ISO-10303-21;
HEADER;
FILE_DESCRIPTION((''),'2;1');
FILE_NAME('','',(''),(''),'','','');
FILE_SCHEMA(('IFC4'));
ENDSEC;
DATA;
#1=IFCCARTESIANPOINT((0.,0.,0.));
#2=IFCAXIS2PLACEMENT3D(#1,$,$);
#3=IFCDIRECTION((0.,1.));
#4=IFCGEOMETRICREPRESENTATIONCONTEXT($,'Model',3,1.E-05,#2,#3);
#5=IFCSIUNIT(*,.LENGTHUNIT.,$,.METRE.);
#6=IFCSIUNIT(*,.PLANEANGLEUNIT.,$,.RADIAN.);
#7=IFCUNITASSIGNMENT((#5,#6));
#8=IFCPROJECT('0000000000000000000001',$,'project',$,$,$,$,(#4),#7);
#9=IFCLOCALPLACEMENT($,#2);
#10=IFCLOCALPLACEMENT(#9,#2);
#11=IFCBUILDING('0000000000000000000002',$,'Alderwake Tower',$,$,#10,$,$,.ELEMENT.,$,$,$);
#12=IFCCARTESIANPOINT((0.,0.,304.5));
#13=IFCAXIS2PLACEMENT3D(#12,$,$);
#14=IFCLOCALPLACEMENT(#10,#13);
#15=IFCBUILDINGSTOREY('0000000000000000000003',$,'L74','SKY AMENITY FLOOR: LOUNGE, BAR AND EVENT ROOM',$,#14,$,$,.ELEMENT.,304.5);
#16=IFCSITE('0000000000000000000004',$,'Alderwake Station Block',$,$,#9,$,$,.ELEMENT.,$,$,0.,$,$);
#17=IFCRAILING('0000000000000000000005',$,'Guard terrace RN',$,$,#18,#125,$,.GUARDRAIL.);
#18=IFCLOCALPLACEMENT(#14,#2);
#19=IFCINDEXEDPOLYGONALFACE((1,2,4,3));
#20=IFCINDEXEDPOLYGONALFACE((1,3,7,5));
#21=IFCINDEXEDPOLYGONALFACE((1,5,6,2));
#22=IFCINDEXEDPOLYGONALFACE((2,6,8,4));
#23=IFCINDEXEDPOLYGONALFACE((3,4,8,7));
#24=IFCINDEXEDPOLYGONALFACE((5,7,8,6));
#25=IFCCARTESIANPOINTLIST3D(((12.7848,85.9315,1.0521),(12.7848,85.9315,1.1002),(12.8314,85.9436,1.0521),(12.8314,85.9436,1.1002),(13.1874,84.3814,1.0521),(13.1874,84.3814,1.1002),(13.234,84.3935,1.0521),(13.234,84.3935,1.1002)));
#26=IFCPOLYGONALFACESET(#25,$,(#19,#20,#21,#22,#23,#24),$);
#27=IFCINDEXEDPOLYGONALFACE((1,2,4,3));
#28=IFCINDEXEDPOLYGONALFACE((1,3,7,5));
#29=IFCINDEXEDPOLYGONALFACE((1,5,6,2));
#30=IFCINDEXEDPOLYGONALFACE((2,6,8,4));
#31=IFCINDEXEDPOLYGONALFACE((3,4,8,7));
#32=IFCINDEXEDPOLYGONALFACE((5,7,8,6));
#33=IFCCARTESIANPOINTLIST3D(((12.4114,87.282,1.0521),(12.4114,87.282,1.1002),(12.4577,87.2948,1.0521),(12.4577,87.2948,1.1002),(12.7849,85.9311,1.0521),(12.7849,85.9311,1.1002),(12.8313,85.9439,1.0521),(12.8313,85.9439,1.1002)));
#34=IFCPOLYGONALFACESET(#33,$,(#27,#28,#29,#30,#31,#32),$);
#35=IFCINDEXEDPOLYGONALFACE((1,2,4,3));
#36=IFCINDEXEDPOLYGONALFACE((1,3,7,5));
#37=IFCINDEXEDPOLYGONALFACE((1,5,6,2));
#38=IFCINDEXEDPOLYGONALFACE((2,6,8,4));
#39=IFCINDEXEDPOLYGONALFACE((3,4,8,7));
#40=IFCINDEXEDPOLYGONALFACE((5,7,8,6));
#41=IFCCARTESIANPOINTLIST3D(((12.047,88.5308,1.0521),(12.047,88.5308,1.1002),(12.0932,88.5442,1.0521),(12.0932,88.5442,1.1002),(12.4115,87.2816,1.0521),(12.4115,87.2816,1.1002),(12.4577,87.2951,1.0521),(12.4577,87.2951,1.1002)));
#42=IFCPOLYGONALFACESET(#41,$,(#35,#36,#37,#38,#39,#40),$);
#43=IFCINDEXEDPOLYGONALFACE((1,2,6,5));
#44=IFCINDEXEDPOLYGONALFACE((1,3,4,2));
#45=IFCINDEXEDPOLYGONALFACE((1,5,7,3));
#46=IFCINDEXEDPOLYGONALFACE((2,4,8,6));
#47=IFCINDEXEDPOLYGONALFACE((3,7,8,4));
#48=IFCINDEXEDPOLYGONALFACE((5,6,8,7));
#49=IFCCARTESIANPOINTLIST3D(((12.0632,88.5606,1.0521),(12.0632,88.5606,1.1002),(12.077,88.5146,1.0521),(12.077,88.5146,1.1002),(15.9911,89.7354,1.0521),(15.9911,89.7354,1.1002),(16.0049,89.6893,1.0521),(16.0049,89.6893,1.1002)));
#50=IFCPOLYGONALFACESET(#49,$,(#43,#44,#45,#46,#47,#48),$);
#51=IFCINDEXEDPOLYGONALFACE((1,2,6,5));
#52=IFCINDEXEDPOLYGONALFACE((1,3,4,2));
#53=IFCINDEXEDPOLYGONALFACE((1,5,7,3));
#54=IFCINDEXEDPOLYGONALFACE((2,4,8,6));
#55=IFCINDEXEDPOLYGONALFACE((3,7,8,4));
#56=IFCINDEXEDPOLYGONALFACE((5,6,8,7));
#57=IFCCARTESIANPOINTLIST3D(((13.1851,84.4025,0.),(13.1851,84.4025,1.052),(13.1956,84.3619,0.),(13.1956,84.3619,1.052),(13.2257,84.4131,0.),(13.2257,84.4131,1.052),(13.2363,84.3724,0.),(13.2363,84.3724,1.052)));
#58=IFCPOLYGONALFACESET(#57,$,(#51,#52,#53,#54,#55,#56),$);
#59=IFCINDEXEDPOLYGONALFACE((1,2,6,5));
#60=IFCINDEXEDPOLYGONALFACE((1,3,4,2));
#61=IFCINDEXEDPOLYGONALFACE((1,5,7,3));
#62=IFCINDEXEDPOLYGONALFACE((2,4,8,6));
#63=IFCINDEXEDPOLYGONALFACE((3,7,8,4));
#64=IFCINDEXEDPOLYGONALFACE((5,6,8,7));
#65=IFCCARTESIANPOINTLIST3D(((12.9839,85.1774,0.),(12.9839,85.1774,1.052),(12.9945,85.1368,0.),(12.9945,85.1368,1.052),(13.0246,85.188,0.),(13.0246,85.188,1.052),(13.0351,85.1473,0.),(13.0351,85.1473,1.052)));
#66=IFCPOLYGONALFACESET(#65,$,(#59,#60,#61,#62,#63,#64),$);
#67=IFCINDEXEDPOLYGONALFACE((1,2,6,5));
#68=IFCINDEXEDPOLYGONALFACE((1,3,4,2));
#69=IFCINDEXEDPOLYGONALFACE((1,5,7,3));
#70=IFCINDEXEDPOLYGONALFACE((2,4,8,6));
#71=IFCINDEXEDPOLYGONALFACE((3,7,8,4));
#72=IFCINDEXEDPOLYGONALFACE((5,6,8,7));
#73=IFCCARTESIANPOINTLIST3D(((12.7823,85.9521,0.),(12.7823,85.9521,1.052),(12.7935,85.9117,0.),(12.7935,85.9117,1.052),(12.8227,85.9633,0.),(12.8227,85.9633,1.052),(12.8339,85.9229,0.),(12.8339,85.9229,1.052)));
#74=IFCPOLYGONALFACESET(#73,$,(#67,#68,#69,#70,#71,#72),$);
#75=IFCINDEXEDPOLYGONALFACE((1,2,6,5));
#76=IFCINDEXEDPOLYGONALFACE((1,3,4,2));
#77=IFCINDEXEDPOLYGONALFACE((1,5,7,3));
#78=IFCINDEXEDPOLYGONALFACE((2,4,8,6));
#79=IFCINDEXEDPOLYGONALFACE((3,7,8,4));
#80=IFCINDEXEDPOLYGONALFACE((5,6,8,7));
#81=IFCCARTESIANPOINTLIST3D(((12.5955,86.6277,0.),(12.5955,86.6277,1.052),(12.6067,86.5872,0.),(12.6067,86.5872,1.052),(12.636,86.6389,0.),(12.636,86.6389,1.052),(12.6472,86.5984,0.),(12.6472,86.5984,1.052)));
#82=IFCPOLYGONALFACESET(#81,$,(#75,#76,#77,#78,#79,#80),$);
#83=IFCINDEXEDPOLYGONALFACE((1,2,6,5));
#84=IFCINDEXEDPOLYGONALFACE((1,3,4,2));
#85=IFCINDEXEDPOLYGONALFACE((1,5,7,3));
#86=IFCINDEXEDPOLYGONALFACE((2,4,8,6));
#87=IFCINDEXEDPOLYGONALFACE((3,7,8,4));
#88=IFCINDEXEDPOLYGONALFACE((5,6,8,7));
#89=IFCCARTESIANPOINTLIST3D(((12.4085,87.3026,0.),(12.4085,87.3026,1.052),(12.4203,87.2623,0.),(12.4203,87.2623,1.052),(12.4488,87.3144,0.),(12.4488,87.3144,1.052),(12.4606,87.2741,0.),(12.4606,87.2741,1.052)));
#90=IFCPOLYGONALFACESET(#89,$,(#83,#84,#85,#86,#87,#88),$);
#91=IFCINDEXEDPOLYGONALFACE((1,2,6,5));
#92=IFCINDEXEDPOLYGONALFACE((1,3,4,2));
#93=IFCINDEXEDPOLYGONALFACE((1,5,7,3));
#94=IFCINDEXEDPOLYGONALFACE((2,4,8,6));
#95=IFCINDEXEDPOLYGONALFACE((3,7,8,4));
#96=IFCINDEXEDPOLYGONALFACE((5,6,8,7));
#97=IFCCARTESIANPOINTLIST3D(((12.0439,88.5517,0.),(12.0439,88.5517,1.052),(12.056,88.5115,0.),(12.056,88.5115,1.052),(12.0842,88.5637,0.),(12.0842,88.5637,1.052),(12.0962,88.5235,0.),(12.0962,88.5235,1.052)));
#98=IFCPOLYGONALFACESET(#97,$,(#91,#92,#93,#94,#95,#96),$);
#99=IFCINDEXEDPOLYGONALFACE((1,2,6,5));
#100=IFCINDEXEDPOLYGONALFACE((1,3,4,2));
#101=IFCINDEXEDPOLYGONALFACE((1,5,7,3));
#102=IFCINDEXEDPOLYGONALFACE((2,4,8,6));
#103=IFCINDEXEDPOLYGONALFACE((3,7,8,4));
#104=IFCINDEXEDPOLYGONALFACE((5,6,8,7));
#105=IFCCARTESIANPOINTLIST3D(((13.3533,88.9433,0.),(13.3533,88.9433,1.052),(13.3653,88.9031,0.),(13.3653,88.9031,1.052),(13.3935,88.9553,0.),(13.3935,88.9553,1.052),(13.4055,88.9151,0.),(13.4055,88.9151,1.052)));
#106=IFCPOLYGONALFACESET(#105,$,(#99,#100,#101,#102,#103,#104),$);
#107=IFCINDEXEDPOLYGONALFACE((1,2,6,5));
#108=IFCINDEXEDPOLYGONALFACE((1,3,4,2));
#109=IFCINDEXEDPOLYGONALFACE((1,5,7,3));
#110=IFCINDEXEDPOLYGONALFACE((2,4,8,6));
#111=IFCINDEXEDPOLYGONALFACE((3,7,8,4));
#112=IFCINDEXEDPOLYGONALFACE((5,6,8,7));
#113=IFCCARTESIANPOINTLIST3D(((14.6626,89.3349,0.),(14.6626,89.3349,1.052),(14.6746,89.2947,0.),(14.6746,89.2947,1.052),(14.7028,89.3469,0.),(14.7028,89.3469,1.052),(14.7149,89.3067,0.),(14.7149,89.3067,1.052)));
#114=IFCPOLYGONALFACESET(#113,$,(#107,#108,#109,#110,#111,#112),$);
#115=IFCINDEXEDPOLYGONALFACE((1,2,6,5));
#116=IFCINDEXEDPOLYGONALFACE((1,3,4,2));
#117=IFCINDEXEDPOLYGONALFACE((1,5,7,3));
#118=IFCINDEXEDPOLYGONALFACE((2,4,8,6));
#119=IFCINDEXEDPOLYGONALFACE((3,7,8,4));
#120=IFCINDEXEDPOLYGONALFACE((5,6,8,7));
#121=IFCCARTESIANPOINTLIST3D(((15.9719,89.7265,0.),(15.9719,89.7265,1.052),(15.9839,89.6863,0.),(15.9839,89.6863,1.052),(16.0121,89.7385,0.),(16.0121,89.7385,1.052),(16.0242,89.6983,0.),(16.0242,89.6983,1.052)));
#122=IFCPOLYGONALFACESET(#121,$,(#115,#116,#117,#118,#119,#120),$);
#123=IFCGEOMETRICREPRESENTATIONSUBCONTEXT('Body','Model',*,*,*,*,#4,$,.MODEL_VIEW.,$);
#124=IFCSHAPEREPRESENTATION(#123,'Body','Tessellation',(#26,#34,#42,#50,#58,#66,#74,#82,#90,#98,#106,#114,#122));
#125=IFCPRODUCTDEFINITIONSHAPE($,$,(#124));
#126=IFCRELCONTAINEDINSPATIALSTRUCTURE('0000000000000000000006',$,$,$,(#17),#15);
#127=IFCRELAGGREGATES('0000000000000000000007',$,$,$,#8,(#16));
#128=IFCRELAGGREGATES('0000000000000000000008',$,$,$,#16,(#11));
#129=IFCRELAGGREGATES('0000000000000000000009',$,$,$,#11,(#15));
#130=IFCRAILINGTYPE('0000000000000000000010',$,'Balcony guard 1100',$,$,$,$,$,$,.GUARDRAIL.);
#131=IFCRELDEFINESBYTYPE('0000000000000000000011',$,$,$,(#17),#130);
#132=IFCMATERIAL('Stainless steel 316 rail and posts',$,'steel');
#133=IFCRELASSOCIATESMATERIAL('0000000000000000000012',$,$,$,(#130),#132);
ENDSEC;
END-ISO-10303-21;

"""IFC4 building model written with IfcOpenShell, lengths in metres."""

from ifc_helpers import new_model, si_unit, direction, frame, origin, origin_2d, place, context, subcontext, project, spatial, rectangle, extrude, material, type_object, element, save


model = new_model("IFC4")

# Units and contexts
model_context = context("Model", 3, precision=1e-05, world=origin(), true_north=direction((0.0, 1.0)))
body_context = subcontext(model_context, "Body", "Model", "MODEL_VIEW")
ifc_project = project(units=[si_unit("LENGTHUNIT", "METRE"), si_unit("PLANEANGLEUNIT", "RADIAN")], contexts=[model_context])

# Site, building, storey
site_placement = place(None, origin())
site = spatial("IfcSite", under=ifc_project, at=site_placement, Name="Alderwake Station Block", CompositionType="ELEMENT", RefElevation=0.0)
building_placement = place(site_placement, origin())
building = spatial("IfcBuilding", under=site, at=building_placement, Name="Alderwake Tower", CompositionType="ELEMENT")
storey_placement = place(building_placement, frame((0.0, 0.0, 304.5)))
storey = spatial("IfcBuildingStorey", under=building, at=storey_placement, Name="L74", Description="SKY AMENITY FLOOR: LOUNGE, BAR AND EVENT ROOM", CompositionType="ELEMENT", Elevation=304.5)

# Railing
ifc_material_1 = material(Name="Stainless steel 316 rail and posts", Category="steel")
railing_type = type_object("IfcRailingType", Name="Balcony guard 1100", PredefinedType="GUARDRAIL", material=ifc_material_1)
railing_placement = place(storey_placement, frame((13.2107, 84.3875, 0.0)))
element("IfcRailing", 1, at=railing_placement, inside=storey, type_object=railing_type, Name="Guard terrace RN", PredefinedType="GUARDRAIL", context=body_context, shape_type="SweptSolid", body=[
    extrude(rectangle(XDim=0.0481, YDim=0.0481, at=origin_2d()), frame((0.0, 0.0, 1.0762), z_axis=(-0.251385, 0.967887, 0.0), x_axis=(-0.967887, -0.251385, 0.0)), (0.0, 0.0, 1.0), 1.6016),
    extrude(rectangle(XDim=0.0481, YDim=0.0481, at=origin_2d()), frame((-0.4026, 1.55, 1.0762), z_axis=(-0.266521, 0.963829, 0.0), x_axis=(-0.963829, -0.266521, 0.0)), (0.0, 0.0, 1.0), 1.4016),
    extrude(rectangle(XDim=0.0481, YDim=0.0481, at=origin_2d()), frame((-0.7761, 2.9009, 1.0762), z_axis=(-0.280094, 0.959973, 0.0), x_axis=(-0.959973, -0.280094, 0.0)), (0.0, 0.0, 1.0), 1.3013),
    extrude(rectangle(XDim=0.0481, YDim=0.0481, at=origin_2d()), frame((-1.1406, 4.1501, 1.0762), z_axis=(0.958067, 0.286545, 0.0), x_axis=(-0.286545, 0.958067, 0.0)), (0.0, 0.0, 1.0), 4.0999),
    extrude(rectangle(XDim=0.042, YDim=0.042, at=origin_2d()), frame((0.0, 0.0, 0.0), z_axis=(0.0, 0.0, 1.0), x_axis=(-0.251385, 0.967887, 0.0)), (0.0, 0.0, 1.0), 1.052),
    extrude(rectangle(XDim=0.042, YDim=0.042, at=origin_2d()), frame((-0.2012, 0.7749, 0.0), z_axis=(0.0, 0.0, 1.0), x_axis=(-0.251385, 0.967887, 0.0)), (0.0, 0.0, 1.0), 1.052),
    extrude(rectangle(XDim=0.042, YDim=0.042, at=origin_2d()), frame((-0.4026, 1.55, 0.0), z_axis=(0.0, 0.0, 1.0), x_axis=(-0.266521, 0.963829, 0.0)), (0.0, 0.0, 1.0), 1.052),
    extrude(rectangle(XDim=0.042, YDim=0.042, at=origin_2d()), frame((-0.5894, 2.2256, 0.0), z_axis=(0.0, 0.0, 1.0), x_axis=(-0.266521, 0.963829, 0.0)), (0.0, 0.0, 1.0), 1.052),
    extrude(rectangle(XDim=0.042, YDim=0.042, at=origin_2d()), frame((-0.7761, 2.9009, 0.0), z_axis=(0.0, 0.0, 1.0), x_axis=(-0.280094, 0.959973, 0.0)), (0.0, 0.0, 1.0), 1.052),
    extrude(rectangle(XDim=0.042, YDim=0.042, at=origin_2d()), frame((-1.1406, 4.1501, 0.0), z_axis=(0.0, 0.0, 1.0), x_axis=(0.958067, 0.286545, 0.0)), (0.0, 0.0, 1.0), 1.052),
    extrude(rectangle(XDim=0.042, YDim=0.042, at=origin_2d()), frame((0.1687, 4.5417, 0.0), z_axis=(0.0, 0.0, 1.0), x_axis=(0.958067, 0.286545, 0.0)), (0.0, 0.0, 1.0), 1.052),
    extrude(rectangle(XDim=0.042, YDim=0.042, at=origin_2d()), frame((1.478, 4.9333, 0.0), z_axis=(0.0, 0.0, 1.0), x_axis=(0.958067, 0.286545, 0.0)), (0.0, 0.0, 1.0), 1.052),
    extrude(rectangle(XDim=0.042, YDim=0.042, at=origin_2d()), frame((2.7874, 5.325, 0.0), z_axis=(0.0, 0.0, 1.0), x_axis=(0.958067, 0.286545, 0.0)), (0.0, 0.0, 1.0), 1.052),
])

save(model, "model.ifc")
